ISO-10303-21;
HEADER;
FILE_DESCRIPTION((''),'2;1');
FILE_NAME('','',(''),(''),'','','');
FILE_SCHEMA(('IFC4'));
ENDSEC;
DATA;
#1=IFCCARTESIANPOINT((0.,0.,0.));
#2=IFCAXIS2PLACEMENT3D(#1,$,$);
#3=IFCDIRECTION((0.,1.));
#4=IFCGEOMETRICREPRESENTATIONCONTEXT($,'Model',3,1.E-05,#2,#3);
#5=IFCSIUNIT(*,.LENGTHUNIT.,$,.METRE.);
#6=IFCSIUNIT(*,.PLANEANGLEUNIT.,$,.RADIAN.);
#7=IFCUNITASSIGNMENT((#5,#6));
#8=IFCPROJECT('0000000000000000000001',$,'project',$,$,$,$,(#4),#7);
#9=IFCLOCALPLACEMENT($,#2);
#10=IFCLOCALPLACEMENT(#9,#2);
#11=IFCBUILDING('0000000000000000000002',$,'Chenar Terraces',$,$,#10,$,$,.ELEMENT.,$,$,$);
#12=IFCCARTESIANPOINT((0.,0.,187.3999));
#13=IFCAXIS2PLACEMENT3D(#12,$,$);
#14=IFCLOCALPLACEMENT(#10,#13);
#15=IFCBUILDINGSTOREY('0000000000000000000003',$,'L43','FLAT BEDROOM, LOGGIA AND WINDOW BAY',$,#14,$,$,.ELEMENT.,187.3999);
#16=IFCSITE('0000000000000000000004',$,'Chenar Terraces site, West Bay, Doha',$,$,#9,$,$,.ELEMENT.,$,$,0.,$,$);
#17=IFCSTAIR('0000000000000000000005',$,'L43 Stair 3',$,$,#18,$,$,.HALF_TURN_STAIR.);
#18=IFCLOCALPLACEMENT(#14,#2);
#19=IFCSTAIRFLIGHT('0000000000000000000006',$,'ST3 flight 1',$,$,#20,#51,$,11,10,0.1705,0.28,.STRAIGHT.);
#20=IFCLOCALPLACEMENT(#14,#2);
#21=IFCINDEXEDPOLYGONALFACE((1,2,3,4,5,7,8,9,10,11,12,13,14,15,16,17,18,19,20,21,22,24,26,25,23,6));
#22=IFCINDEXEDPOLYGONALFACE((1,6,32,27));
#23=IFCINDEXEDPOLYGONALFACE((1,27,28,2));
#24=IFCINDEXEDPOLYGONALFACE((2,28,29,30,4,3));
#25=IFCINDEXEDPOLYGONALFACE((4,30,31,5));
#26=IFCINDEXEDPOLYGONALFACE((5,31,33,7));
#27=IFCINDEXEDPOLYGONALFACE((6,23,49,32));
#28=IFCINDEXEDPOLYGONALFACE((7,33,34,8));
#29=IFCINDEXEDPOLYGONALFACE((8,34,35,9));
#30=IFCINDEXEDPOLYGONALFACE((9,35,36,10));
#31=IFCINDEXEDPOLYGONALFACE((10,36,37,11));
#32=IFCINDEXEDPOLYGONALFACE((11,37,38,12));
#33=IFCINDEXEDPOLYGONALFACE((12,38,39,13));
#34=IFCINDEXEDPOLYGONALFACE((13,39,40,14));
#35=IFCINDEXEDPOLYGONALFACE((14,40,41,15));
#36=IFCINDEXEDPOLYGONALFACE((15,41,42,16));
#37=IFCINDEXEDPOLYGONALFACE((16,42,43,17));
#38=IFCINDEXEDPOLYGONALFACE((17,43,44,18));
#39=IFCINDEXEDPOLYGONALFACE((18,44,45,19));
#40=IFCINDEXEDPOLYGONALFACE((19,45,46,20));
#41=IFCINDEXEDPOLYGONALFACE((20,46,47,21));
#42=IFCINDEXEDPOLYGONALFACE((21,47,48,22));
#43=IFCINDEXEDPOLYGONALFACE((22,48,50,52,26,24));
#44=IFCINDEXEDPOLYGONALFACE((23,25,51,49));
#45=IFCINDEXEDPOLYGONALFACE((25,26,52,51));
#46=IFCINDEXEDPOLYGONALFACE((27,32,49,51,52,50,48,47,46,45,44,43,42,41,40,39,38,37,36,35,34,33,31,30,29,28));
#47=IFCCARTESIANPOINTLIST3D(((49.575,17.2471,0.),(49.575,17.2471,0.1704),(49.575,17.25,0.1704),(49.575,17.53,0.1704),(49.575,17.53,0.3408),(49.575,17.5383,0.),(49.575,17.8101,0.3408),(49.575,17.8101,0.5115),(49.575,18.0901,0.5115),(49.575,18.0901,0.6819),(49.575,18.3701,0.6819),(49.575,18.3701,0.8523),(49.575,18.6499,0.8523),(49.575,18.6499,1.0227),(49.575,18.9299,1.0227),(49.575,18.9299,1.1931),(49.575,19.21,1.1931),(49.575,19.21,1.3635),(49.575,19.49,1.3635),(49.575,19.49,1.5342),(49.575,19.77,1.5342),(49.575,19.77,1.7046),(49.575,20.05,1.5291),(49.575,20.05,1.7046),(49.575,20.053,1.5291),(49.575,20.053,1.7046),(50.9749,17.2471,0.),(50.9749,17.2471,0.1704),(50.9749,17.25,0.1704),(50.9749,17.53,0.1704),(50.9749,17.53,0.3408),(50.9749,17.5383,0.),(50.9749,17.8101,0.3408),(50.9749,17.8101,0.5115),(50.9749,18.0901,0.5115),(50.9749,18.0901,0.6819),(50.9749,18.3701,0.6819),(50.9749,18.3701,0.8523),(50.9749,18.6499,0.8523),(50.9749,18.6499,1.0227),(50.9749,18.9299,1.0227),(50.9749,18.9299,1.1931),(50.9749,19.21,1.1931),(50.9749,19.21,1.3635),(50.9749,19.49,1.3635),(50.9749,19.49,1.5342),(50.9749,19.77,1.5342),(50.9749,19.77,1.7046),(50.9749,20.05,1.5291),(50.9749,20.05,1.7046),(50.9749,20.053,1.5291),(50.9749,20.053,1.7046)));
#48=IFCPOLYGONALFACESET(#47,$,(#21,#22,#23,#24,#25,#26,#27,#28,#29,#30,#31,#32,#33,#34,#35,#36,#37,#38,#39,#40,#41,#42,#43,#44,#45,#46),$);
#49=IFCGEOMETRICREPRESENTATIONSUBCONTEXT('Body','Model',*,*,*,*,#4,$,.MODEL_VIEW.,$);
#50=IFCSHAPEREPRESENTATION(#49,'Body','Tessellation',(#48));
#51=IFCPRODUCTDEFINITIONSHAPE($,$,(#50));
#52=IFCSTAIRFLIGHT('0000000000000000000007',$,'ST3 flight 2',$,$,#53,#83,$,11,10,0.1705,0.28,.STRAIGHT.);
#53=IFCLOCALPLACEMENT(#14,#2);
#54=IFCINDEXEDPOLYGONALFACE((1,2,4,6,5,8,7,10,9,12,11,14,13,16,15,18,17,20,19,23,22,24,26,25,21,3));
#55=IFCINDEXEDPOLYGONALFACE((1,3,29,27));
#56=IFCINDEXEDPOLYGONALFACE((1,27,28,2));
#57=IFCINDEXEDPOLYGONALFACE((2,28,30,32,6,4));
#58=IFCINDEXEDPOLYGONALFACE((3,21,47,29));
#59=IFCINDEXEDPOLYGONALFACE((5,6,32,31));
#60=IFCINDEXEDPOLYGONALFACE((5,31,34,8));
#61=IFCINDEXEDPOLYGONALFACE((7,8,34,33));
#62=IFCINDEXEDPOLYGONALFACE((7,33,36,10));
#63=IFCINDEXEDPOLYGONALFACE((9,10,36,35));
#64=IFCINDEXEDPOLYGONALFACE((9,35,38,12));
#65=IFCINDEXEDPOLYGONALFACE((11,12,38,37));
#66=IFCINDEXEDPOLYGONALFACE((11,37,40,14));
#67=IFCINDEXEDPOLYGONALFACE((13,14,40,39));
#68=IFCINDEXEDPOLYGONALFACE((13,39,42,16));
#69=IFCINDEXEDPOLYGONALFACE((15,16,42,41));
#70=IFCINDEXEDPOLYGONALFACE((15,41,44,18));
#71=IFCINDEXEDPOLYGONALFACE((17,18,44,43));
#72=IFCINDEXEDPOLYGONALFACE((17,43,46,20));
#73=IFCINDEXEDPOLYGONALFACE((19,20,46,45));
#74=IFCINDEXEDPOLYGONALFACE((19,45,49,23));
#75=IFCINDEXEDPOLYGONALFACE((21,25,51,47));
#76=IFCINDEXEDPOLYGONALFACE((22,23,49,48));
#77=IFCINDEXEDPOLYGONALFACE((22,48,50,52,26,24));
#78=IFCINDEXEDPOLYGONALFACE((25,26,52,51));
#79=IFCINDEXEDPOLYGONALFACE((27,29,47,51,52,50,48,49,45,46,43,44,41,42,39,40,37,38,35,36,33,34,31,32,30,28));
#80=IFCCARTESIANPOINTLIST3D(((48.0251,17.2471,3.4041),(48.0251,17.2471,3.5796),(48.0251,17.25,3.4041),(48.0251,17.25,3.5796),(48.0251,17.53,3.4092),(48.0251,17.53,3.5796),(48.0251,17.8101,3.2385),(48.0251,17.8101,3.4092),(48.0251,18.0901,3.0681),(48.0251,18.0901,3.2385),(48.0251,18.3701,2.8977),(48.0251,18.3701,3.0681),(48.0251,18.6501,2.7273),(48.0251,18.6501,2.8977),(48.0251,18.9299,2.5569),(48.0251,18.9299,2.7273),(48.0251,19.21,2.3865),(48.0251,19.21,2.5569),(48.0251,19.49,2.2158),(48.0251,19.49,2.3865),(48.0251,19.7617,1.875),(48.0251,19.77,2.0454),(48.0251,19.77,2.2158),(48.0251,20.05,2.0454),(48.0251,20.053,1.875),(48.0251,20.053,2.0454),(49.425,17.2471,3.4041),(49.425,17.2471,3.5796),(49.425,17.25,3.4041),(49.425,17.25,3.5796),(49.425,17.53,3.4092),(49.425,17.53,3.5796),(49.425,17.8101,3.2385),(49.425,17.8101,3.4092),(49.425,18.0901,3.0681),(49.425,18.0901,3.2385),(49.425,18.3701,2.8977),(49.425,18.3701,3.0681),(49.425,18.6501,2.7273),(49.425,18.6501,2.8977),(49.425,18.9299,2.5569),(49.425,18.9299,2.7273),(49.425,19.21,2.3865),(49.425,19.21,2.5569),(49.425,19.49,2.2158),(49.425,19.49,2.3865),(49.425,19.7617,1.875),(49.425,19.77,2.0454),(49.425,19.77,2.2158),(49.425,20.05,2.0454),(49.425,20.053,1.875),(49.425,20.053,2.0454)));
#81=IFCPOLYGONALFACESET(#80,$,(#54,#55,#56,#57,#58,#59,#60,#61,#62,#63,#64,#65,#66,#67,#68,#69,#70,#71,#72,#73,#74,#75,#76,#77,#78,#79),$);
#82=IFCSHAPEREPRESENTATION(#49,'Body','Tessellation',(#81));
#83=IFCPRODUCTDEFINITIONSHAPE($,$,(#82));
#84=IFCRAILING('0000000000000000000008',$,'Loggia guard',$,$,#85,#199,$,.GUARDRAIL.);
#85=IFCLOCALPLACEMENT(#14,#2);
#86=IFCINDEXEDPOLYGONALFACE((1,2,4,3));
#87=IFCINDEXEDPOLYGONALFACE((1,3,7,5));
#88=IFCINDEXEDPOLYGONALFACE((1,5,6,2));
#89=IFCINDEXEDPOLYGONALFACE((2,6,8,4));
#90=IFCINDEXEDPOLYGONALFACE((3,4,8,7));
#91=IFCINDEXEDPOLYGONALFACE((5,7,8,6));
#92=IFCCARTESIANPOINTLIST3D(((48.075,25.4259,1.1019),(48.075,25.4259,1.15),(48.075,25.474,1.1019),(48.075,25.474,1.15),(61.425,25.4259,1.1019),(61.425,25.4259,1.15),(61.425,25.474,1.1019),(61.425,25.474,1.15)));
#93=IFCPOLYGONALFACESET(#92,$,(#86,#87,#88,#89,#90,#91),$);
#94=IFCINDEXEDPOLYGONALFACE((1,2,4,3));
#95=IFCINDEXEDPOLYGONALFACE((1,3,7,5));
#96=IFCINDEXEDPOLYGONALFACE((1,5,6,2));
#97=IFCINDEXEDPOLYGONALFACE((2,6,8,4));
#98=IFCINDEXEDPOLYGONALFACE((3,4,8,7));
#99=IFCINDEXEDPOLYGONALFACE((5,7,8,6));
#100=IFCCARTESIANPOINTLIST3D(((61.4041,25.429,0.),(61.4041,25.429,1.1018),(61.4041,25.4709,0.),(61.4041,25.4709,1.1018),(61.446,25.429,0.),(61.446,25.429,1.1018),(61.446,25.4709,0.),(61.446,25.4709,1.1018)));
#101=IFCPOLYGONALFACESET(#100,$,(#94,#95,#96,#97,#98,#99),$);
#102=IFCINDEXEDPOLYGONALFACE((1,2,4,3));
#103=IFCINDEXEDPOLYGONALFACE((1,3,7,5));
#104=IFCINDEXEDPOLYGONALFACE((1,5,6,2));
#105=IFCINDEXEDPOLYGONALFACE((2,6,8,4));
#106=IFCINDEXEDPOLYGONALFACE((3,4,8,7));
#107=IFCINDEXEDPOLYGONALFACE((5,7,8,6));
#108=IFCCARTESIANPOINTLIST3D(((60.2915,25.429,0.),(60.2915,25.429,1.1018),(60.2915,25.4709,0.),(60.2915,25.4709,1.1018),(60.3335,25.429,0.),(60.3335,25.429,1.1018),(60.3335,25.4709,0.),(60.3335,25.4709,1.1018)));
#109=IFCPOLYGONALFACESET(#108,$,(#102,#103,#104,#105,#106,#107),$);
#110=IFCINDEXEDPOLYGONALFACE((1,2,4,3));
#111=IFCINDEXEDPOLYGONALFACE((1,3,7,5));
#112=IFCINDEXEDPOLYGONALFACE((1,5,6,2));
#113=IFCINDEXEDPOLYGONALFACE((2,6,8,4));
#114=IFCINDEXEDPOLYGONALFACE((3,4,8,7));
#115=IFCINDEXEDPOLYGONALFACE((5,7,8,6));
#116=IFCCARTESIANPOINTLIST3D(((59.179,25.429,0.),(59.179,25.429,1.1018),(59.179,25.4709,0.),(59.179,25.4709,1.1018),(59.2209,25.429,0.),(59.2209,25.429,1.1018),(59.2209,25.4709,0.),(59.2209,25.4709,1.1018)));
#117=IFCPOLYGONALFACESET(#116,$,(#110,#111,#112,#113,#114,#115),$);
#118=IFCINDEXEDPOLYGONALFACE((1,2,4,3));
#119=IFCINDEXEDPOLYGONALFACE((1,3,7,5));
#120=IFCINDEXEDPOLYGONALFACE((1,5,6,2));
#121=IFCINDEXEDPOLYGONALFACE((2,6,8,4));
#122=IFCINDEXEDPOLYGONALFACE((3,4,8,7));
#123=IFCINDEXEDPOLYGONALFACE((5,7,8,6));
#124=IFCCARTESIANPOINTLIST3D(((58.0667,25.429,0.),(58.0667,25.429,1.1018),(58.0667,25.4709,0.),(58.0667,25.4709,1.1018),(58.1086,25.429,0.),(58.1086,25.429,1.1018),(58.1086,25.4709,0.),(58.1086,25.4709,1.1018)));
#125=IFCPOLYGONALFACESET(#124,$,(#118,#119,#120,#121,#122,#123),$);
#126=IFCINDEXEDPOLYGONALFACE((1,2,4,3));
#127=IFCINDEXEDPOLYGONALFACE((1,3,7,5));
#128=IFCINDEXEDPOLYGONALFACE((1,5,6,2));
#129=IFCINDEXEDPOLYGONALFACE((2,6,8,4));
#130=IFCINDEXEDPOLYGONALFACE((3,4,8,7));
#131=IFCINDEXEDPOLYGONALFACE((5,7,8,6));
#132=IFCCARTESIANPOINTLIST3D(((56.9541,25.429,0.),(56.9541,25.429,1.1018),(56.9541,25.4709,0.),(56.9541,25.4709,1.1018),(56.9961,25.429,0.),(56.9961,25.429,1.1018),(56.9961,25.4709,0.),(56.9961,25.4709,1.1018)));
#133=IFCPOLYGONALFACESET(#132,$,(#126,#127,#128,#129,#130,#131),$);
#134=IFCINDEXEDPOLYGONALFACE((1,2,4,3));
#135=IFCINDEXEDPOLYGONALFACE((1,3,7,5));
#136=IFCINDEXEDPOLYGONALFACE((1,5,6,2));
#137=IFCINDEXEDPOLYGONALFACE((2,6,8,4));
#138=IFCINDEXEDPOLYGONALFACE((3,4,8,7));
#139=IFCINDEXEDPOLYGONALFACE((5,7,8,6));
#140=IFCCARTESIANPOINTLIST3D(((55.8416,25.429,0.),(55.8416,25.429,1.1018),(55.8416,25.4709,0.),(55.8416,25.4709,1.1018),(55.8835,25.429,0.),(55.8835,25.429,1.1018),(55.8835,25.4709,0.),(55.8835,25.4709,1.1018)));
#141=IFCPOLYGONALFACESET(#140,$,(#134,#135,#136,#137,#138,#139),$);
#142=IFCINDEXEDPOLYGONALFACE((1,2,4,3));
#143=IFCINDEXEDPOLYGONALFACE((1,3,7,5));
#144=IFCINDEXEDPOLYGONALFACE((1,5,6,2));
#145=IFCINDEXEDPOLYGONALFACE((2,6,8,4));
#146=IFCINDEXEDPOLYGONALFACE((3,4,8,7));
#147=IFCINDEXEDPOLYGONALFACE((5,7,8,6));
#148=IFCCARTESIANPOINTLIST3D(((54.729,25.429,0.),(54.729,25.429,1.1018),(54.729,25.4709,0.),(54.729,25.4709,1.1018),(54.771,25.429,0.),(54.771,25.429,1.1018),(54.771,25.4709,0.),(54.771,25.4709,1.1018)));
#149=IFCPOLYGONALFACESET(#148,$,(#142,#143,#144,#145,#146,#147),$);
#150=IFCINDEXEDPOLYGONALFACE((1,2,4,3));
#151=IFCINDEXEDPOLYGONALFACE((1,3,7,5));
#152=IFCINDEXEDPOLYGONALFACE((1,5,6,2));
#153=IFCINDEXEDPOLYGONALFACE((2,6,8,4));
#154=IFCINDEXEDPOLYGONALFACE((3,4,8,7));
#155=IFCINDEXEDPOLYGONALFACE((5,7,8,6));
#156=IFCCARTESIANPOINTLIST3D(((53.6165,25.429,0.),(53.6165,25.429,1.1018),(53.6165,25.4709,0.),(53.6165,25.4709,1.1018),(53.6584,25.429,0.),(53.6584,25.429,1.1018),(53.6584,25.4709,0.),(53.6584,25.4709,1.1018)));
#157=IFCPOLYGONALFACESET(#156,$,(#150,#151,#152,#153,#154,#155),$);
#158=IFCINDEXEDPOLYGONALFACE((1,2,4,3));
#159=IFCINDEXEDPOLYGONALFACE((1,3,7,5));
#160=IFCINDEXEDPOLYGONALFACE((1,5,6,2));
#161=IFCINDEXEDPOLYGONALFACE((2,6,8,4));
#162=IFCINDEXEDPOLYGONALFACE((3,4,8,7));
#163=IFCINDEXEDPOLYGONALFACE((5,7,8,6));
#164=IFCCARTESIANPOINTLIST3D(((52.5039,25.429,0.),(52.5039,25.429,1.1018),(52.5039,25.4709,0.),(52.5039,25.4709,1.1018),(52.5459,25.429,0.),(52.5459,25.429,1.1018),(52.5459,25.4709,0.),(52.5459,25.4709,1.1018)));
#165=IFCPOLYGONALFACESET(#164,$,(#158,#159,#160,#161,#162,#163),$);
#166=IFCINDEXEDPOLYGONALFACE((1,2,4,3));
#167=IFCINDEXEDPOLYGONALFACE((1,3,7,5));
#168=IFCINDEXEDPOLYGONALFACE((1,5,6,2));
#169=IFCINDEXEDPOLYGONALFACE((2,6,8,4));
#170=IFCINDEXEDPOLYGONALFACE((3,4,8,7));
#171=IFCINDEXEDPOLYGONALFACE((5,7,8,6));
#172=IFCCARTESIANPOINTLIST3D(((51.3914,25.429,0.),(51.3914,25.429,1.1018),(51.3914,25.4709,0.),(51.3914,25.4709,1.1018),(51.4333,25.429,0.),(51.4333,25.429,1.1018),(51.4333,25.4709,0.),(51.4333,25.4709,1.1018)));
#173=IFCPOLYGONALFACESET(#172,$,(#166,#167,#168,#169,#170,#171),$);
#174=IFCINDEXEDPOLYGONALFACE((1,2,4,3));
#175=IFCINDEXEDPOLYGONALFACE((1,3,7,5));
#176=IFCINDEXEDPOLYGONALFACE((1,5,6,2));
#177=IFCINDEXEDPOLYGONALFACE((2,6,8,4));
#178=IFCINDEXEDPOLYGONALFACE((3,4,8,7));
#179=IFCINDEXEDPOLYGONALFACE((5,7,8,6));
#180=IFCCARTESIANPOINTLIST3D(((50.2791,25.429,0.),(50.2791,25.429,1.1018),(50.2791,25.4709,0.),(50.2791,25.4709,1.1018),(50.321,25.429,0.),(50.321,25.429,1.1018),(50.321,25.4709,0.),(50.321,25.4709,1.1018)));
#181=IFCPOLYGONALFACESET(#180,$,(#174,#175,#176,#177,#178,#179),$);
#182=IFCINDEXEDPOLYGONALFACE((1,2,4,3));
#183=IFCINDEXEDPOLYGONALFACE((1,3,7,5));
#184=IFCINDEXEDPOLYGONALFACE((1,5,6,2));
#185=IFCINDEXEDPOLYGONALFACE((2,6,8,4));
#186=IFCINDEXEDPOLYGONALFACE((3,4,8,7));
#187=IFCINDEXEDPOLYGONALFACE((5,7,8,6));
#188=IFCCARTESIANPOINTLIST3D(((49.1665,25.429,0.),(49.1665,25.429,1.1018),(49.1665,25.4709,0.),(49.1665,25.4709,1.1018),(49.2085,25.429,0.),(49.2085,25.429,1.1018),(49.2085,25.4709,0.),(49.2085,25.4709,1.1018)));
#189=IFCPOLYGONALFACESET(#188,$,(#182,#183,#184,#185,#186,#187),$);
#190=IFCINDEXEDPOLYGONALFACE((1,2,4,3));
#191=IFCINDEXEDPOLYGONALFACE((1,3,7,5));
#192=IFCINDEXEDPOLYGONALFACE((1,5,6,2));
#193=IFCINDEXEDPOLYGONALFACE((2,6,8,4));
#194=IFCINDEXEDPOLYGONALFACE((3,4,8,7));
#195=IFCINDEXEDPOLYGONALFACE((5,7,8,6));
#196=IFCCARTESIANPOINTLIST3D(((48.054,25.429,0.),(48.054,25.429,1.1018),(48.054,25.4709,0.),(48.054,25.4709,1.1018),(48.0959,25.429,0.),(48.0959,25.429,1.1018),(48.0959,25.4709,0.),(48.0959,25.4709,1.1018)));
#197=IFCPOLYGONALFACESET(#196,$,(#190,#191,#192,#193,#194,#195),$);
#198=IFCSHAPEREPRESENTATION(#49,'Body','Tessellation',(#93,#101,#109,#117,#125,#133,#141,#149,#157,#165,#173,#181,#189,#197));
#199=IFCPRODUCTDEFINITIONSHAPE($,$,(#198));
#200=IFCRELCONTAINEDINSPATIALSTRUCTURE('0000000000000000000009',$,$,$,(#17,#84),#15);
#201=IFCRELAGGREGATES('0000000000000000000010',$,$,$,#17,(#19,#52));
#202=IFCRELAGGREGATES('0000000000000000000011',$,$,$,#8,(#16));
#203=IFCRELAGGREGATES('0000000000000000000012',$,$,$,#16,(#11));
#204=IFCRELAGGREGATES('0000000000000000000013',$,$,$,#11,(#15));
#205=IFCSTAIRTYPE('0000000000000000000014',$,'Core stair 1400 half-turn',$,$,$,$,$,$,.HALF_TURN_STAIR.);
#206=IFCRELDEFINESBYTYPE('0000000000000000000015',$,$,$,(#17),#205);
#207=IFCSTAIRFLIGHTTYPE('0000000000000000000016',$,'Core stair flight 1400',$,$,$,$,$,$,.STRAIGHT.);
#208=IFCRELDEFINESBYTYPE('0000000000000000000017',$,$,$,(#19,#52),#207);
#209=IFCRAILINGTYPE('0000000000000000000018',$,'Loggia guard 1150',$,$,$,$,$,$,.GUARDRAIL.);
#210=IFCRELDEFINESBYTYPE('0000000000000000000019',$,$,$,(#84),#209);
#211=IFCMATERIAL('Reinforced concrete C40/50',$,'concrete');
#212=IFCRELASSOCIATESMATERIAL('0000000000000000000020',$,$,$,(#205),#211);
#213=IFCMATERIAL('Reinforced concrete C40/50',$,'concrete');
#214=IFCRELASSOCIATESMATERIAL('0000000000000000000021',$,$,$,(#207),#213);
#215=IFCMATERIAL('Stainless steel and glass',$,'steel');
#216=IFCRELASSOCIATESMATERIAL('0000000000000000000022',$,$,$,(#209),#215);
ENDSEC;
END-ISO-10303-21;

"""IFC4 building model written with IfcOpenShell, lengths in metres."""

from ifc_helpers import new_model, si_unit, direction, frame, origin, origin_2d, place, context, subcontext, project, spatial, polyline, rectangle, outline, extrude, material, type_object, element, aggregate, save


model = new_model("IFC4")

# Units and contexts
model_context = context("Model", 3, precision=1e-05, world=origin(), true_north=direction((0.0, 1.0)))
body_context = subcontext(model_context, "Body", "Model", "MODEL_VIEW")
ifc_project = project(units=[si_unit("LENGTHUNIT", "METRE"), si_unit("PLANEANGLEUNIT", "RADIAN")], contexts=[model_context])

# Site, building, storey
site_placement = place(None, origin())
site = spatial("IfcSite", under=ifc_project, at=site_placement, Name="Chenar Terraces site, West Bay, Doha", CompositionType="ELEMENT", RefElevation=0.0)
building_placement = place(site_placement, origin())
building = spatial("IfcBuilding", under=site, at=building_placement, Name="Chenar Terraces", CompositionType="ELEMENT")
storey_placement = place(building_placement, frame((0.0, 0.0, 187.3999)))
storey = spatial("IfcBuildingStorey", under=building, at=storey_placement, Name="L43", Description="FLAT BEDROOM, LOGGIA AND WINDOW BAY", CompositionType="ELEMENT", Elevation=187.3999)

# Stair, stair flights
ifc_material_1 = material(Name="Reinforced concrete C40/50", Category="concrete")
stair_type = type_object("IfcStairType", Name="Core stair 1400 half-turn", PredefinedType="HALF_TURN_STAIR", material=ifc_material_1)
stair_placement = place(storey_placement, origin())
stair = element("IfcStair", 1, at=stair_placement, inside=storey, type_object=stair_type, Name="L43 Stair 3", PredefinedType="HALF_TURN_STAIR")
ifc_material_2 = material(Name="Reinforced concrete C40/50", Category="concrete")
stair_flight_type = type_object("IfcStairFlightType", Name="Core stair flight 1400", PredefinedType="STRAIGHT", material=ifc_material_2)
stair_flight_1_placement = place(storey_placement, frame((50.2749, 17.25, 0.0), z_axis=(0.0, 0.0, 1.0), x_axis=(0.0, 1.0, 0.0)))
stair_flight_1 = element("IfcStairFlight", 2, at=stair_flight_1_placement, type_object=stair_flight_type, Name="ST3 flight 1", NumberOfRisers=11, NumberOfTreads=10, PredefinedType="STRAIGHT", RiserHeight=0.1705, TreadLength=0.28, context=body_context, shape_type="SweptSolid", body=[
    extrude(outline(polyline([(-0.0029, 0.0), (-0.0029, 0.1704), (0.0, 0.1704), (0.28, 0.1704), (0.28, 0.3408), (0.5601, 0.3408), (0.5601, 0.5115), (0.8401, 0.5115), (0.8401, 0.6819), (1.1201, 0.6819), (1.1201, 0.8523), (1.3999, 0.8523), (1.3999, 1.0227), (1.6799, 1.0227), (1.6799, 1.1931), (1.96, 1.1931), (1.96, 1.3635), (2.24, 1.3635), (2.24, 1.5342), (2.52, 1.5342), (2.52, 1.7046), (2.8, 1.7046), (2.803, 1.7046), (2.803, 1.5291), (2.8, 1.5291), (0.2883, 0.0), (-0.0029, 0.0)])), frame((0.0, 0.7, 0.0), z_axis=(0.0, -1.0, 0.0), x_axis=(1.0, 0.0, 0.0)), (0.0, 0.0, 1.0), 1.3999),
])
stair_flight_2_placement = place(storey_placement, frame((48.7251, 20.05, 1.875), z_axis=(0.0, 0.0, 1.0), x_axis=(0.0, -1.0, 0.0)))
stair_flight_2 = element("IfcStairFlight", 3, at=stair_flight_2_placement, type_object=stair_flight_type, Name="ST3 flight 2", NumberOfRisers=11, NumberOfTreads=10, PredefinedType="STRAIGHT", RiserHeight=0.1705, TreadLength=0.28, context=body_context, shape_type="SweptSolid", body=[
    extrude(outline(polyline([(-0.0029, 0.0), (-0.0029, 0.1704), (0.0, 0.1704), (0.28, 0.1704), (0.28, 0.3408), (0.5601, 0.3408), (0.5601, 0.5115), (0.8401, 0.5115), (0.8401, 0.6819), (1.1201, 0.6819), (1.1201, 0.8523), (1.3999, 0.8523), (1.3999, 1.0227), (1.6799, 1.0227), (1.6799, 1.1931), (1.96, 1.1931), (1.96, 1.3635), (2.24, 1.3635), (2.24, 1.5342), (2.52, 1.5342), (2.52, 1.7046), (2.8, 1.7046), (2.803, 1.7046), (2.803, 1.5291), (2.8, 1.5291), (0.2883, 0.0), (-0.0029, 0.0)])), frame((0.0, 0.7, 0.0), z_axis=(0.0, -1.0, 0.0), x_axis=(1.0, 0.0, 0.0)), (0.0, 0.0, 1.0), 1.3999),
])
aggregate(stair, [stair_flight_1, stair_flight_2])

# Railing
ifc_material_3 = material(Name="Stainless steel and glass", Category="steel")
railing_type_1 = type_object("IfcRailingType", Name="Loggia guard 1150", PredefinedType="GUARDRAIL", material=ifc_material_3)
railing_1_placement = place(storey_placement, frame((61.425, 25.45, 0.0)))
element("IfcRailing", 4, at=railing_1_placement, inside=storey, type_object=railing_type_1, Name="Loggia guard", PredefinedType="GUARDRAIL", context=body_context, shape_type="SweptSolid", body=[
    extrude(rectangle(XDim=0.0481, YDim=0.0481, at=origin_2d()), frame((0.0, 0.0, 1.126), z_axis=(-1.0, 0.0, 0.0), x_axis=(0.0, -1.0, 0.0)), (0.0, 0.0, 1.0), 13.3501),
    extrude(rectangle(XDim=0.042, YDim=0.042, at=origin_2d()), origin(), (0.0, 0.0, 1.0), 1.1018),
    extrude(rectangle(XDim=0.042, YDim=0.042, at=origin_2d()), frame((-1.1125, 0.0, 0.0)), (0.0, 0.0, 1.0), 1.1018),
    extrude(rectangle(XDim=0.042, YDim=0.042, at=origin_2d()), frame((-2.2251, 0.0, 0.0)), (0.0, 0.0, 1.0), 1.1018),
    extrude(rectangle(XDim=0.042, YDim=0.042, at=origin_2d()), frame((-3.3374, 0.0, 0.0)), (0.0, 0.0, 1.0), 1.1018),
    extrude(rectangle(XDim=0.042, YDim=0.042, at=origin_2d()), frame((-4.45, 0.0, 0.0)), (0.0, 0.0, 1.0), 1.1018),
    extrude(rectangle(XDim=0.042, YDim=0.042, at=origin_2d()), frame((-5.5625, 0.0, 0.0)), (0.0, 0.0, 1.0), 1.1018),
    extrude(rectangle(XDim=0.042, YDim=0.042, at=origin_2d()), frame((-6.675, 0.0, 0.0)), (0.0, 0.0, 1.0), 1.1018),
    extrude(rectangle(XDim=0.042, YDim=0.042, at=origin_2d()), frame((-7.7876, 0.0, 0.0)), (0.0, 0.0, 1.0), 1.1018),
    extrude(rectangle(XDim=0.042, YDim=0.042, at=origin_2d()), frame((-8.9001, 0.0, 0.0)), (0.0, 0.0, 1.0), 1.1018),
    extrude(rectangle(XDim=0.042, YDim=0.042, at=origin_2d()), frame((-10.0127, 0.0, 0.0)), (0.0, 0.0, 1.0), 1.1018),
    extrude(rectangle(XDim=0.042, YDim=0.042, at=origin_2d()), frame((-11.125, 0.0, 0.0)), (0.0, 0.0, 1.0), 1.1018),
    extrude(rectangle(XDim=0.042, YDim=0.042, at=origin_2d()), frame((-12.2375, 0.0, 0.0)), (0.0, 0.0, 1.0), 1.1018),
    extrude(rectangle(XDim=0.042, YDim=0.042, at=origin_2d()), frame((-13.3501, 0.0, 0.0)), (0.0, 0.0, 1.0), 1.1018),
])

save(model, "model.ifc")
